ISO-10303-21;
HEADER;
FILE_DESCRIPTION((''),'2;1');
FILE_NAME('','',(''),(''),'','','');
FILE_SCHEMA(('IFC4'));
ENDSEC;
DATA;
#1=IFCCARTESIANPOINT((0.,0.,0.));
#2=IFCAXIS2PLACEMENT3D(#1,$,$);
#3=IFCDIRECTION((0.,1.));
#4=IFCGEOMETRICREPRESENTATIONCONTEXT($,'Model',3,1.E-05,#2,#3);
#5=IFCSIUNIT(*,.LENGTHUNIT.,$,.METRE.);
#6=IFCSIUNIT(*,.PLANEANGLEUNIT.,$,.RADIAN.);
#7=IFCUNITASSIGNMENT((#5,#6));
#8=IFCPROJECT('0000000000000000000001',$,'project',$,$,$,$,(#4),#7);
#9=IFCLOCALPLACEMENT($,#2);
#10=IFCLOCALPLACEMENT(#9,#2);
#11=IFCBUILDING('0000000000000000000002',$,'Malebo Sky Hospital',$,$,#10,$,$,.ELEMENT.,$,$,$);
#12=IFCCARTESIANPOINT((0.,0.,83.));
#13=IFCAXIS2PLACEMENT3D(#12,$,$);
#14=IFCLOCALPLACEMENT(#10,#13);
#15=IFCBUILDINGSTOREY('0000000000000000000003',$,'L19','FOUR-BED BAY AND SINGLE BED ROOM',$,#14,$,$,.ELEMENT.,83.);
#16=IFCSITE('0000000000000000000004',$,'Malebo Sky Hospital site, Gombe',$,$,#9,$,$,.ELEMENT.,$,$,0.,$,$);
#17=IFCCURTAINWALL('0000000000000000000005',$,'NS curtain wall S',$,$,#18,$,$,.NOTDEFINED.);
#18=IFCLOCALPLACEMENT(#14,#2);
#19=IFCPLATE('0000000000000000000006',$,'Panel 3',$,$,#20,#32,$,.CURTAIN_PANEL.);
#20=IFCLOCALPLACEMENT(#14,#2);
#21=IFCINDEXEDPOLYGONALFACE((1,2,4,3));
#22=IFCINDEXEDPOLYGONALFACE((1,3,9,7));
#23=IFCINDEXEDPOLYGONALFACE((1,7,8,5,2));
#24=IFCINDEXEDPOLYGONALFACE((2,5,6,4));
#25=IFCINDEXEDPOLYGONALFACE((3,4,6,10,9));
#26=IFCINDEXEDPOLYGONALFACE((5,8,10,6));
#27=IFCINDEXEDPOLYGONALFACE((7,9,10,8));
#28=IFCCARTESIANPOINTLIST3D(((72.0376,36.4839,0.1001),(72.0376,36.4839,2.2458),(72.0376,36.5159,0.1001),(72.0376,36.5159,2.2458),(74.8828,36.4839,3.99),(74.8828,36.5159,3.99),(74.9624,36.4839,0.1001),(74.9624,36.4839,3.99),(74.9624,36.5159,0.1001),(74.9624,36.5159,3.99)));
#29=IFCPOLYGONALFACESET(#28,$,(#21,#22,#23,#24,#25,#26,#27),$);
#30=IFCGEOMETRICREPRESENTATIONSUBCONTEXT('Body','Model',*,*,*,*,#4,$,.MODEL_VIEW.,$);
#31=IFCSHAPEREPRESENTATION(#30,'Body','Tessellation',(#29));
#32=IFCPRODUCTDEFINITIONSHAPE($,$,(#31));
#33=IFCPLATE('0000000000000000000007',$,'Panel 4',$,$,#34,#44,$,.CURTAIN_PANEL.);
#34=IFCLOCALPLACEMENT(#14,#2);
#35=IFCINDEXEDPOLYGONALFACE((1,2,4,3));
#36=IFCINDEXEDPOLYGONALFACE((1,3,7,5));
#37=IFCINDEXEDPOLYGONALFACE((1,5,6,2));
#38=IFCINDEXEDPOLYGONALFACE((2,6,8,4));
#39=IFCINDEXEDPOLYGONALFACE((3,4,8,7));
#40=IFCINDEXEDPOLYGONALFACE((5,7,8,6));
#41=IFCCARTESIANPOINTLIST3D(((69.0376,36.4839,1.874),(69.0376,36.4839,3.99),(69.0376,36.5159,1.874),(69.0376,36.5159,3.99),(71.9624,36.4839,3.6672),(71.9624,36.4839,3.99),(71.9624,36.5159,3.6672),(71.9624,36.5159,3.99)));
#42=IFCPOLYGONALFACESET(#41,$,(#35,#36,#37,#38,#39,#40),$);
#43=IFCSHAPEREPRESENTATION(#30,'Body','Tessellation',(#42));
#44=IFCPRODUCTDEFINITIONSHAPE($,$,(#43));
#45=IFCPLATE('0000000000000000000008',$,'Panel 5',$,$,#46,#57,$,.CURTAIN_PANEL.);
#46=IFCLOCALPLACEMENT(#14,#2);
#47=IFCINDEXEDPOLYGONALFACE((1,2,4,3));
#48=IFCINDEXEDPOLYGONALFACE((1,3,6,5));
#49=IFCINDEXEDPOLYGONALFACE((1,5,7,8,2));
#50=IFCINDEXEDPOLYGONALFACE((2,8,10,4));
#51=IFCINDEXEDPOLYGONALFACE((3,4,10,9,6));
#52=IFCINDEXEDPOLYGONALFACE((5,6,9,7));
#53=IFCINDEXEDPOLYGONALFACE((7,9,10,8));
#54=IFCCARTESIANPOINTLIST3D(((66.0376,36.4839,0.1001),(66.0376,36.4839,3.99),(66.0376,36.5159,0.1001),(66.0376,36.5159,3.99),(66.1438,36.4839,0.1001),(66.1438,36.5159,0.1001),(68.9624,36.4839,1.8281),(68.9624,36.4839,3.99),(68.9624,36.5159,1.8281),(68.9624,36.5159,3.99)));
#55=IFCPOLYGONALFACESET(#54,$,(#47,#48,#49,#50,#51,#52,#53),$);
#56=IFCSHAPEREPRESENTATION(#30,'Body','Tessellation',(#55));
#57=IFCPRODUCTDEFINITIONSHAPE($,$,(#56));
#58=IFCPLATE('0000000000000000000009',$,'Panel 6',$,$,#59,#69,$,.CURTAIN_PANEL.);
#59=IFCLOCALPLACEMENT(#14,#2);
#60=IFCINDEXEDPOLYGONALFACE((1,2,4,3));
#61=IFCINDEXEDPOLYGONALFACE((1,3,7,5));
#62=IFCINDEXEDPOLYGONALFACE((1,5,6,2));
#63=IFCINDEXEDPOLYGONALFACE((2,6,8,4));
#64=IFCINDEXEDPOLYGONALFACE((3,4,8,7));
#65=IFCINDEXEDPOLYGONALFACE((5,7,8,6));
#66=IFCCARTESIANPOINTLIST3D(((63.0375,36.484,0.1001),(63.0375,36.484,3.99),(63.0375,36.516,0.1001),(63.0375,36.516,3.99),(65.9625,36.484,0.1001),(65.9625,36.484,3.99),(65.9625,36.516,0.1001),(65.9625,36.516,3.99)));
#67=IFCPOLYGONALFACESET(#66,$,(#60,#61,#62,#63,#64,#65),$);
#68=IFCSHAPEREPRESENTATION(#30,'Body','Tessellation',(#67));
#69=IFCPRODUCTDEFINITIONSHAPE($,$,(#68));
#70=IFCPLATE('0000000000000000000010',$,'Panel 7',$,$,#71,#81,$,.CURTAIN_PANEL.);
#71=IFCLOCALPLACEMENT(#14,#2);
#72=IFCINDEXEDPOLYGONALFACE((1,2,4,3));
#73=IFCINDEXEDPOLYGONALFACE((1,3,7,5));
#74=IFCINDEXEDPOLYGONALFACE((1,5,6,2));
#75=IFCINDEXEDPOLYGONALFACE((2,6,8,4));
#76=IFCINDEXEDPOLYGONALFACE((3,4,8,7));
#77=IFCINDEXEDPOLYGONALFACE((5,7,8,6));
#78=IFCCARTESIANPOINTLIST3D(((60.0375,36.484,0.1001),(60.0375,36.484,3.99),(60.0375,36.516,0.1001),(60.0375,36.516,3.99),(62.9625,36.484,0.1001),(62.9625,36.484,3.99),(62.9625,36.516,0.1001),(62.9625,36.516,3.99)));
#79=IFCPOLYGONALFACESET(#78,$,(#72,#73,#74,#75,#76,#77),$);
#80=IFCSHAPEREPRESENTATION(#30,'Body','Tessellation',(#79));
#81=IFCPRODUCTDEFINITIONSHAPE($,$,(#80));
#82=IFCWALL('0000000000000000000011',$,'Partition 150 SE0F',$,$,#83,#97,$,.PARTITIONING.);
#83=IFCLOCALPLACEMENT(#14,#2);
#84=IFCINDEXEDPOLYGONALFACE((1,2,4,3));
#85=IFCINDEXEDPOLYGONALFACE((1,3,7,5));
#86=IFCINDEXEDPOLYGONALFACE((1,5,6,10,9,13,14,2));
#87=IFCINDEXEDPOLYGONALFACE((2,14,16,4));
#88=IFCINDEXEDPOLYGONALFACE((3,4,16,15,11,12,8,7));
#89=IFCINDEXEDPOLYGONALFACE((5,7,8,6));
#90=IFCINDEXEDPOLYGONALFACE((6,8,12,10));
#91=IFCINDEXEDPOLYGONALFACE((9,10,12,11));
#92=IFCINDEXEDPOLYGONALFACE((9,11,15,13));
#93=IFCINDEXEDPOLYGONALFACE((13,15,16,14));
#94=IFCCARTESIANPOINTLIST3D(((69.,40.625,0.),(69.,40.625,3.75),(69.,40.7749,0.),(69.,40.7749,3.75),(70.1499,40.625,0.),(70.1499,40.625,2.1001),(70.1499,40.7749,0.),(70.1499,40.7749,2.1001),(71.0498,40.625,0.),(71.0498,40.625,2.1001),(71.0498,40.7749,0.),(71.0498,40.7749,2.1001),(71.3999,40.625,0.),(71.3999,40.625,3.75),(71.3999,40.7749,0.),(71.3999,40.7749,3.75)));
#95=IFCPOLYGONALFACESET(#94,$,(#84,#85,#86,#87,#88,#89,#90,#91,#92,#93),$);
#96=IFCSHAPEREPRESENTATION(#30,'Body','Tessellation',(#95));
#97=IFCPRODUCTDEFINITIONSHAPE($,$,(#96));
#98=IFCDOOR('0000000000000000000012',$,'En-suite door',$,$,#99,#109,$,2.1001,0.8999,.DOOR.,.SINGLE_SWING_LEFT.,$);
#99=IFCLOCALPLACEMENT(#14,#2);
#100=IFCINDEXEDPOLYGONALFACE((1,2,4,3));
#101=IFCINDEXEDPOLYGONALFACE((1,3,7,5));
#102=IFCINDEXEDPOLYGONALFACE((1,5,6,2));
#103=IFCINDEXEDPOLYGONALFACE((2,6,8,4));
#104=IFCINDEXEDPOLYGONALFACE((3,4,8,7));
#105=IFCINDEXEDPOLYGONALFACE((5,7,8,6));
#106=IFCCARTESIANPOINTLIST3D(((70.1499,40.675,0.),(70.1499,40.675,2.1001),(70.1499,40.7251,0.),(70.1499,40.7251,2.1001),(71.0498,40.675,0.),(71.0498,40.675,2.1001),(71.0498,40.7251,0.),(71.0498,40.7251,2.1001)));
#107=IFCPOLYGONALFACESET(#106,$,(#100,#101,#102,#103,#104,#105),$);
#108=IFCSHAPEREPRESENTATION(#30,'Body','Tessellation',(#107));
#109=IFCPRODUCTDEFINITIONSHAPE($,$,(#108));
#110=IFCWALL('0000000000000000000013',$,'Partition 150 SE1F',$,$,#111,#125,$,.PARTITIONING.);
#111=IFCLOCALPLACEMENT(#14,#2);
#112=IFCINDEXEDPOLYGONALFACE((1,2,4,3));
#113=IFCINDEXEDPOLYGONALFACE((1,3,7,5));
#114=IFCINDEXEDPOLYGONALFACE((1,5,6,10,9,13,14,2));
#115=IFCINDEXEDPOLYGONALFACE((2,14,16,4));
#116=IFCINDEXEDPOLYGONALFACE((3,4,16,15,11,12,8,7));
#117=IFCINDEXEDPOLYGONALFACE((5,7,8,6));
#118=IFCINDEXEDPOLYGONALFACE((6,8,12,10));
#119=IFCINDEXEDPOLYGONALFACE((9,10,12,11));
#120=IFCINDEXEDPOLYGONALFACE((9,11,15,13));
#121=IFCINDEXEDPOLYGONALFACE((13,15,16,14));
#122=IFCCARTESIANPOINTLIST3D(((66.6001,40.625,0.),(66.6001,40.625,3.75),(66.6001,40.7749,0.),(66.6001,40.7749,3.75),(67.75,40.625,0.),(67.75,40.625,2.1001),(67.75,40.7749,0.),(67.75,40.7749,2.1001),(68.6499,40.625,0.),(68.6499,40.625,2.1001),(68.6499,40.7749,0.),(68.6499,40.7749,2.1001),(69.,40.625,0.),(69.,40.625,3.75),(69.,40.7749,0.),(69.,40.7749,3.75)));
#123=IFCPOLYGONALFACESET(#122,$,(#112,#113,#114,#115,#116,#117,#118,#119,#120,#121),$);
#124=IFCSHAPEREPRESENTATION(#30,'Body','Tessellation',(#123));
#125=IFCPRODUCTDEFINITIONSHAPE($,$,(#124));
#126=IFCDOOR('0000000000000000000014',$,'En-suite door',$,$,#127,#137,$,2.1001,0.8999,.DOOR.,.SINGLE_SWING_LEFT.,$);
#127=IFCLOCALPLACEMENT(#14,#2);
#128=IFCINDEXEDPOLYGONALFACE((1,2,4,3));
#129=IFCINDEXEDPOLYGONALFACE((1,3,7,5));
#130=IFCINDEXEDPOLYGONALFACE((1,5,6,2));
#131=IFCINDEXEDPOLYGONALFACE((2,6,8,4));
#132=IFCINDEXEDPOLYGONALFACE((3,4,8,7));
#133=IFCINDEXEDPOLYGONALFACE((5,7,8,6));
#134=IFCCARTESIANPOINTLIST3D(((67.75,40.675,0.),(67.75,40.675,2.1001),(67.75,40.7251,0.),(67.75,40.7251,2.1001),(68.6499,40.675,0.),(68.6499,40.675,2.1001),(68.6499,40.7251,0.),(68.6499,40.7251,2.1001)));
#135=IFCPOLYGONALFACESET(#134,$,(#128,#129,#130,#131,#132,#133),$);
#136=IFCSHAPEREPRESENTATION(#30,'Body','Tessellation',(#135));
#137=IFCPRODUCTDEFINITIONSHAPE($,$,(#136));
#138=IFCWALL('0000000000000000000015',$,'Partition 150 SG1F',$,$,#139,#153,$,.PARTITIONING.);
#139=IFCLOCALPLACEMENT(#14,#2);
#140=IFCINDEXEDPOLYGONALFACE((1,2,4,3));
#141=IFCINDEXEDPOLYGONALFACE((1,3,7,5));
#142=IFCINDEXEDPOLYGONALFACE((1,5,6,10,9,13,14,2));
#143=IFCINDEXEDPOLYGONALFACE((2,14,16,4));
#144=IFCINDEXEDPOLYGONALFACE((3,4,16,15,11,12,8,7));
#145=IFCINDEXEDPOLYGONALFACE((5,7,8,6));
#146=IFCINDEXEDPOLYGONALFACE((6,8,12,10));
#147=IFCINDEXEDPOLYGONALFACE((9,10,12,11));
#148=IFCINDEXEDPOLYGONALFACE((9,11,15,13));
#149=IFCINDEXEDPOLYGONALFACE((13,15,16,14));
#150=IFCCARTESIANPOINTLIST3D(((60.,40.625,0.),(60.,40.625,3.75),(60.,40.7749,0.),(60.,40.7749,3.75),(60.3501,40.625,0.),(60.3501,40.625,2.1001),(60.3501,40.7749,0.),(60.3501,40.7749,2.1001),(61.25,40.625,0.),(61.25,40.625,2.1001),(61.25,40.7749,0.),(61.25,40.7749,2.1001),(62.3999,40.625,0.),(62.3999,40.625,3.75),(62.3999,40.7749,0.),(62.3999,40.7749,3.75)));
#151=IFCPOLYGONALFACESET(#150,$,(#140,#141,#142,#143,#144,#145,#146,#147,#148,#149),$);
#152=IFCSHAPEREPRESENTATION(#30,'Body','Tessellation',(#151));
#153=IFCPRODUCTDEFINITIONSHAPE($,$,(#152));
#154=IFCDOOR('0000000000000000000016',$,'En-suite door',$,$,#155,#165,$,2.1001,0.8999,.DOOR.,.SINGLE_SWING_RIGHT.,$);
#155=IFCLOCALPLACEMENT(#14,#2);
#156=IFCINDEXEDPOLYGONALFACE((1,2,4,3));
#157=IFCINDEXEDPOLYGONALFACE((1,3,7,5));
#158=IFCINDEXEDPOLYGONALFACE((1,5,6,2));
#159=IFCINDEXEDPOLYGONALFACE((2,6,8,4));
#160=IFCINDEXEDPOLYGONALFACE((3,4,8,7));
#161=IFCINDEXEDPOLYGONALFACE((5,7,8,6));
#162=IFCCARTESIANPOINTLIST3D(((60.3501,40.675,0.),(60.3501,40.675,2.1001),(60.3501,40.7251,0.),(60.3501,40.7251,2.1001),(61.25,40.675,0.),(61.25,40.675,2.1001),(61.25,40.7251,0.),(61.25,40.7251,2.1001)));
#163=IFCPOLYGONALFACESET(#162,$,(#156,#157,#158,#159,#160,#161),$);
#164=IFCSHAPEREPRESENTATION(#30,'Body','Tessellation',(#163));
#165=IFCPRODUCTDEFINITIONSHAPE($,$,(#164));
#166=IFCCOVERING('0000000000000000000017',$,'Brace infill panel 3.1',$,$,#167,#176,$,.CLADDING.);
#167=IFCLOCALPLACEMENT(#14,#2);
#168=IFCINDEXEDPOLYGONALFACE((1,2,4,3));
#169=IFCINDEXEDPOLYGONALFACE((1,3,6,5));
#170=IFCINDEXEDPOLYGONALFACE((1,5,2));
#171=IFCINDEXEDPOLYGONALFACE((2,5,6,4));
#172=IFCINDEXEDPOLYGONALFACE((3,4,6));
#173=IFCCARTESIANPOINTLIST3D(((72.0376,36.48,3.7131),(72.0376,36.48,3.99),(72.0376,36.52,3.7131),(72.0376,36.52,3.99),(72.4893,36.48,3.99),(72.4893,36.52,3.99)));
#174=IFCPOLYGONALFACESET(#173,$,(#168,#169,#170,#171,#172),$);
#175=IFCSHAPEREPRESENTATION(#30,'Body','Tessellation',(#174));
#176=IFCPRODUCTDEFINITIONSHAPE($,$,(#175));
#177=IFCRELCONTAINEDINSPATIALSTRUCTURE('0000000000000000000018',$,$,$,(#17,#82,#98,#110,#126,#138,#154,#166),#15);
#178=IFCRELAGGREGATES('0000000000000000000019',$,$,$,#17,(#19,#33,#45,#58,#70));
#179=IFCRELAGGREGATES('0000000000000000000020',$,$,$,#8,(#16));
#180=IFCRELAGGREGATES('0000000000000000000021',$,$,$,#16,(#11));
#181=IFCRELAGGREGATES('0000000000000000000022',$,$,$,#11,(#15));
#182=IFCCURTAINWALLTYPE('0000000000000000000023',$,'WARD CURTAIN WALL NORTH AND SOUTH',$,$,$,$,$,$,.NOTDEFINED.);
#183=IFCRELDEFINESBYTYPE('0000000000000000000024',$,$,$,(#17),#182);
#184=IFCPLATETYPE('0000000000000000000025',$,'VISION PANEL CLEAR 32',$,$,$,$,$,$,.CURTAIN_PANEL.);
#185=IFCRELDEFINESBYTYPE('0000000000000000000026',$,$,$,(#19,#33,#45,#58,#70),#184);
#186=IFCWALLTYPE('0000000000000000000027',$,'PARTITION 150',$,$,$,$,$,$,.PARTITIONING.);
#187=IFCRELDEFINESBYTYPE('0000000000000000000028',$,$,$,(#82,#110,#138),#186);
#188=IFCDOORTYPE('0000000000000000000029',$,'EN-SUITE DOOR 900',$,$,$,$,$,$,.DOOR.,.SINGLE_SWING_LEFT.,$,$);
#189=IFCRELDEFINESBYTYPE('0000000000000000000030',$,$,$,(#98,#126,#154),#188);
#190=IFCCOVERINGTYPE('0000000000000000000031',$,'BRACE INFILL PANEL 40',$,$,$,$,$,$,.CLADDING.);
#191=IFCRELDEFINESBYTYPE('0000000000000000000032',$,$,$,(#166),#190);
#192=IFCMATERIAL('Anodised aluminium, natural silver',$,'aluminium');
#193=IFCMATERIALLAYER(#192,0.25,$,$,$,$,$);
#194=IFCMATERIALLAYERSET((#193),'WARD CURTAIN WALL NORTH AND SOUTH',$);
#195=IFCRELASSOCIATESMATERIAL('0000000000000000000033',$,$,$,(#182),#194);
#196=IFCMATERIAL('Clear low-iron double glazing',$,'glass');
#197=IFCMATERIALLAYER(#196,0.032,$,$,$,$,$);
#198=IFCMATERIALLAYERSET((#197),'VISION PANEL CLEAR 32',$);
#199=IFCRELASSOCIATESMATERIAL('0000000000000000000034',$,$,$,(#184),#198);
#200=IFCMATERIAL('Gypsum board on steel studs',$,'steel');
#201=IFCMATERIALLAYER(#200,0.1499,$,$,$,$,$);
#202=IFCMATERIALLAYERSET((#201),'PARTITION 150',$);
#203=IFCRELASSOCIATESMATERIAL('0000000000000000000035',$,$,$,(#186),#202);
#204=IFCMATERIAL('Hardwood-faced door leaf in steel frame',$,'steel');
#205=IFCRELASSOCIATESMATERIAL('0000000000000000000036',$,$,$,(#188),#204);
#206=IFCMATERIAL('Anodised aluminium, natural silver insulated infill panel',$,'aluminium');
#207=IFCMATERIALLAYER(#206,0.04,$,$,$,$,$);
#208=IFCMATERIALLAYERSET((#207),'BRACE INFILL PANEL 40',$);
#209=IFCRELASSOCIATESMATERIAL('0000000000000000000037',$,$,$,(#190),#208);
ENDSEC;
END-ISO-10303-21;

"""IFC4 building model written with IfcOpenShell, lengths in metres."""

from ifc_helpers import new_model, si_unit, direction, frame, frame_2d, origin, origin_2d, place, context, subcontext, project, spatial, polyline, rectangle, outline, extrude, material, layer, layer_set, type_object, element, fill, aggregate, save


model = new_model("IFC4")

# Units and contexts
model_context = context("Model", 3, precision=1e-05, world=origin(), true_north=direction((0.0, 1.0)))
body_context = subcontext(model_context, "Body", "Model", "MODEL_VIEW")
ifc_project = project(units=[si_unit("LENGTHUNIT", "METRE"), si_unit("PLANEANGLEUNIT", "RADIAN")], contexts=[model_context])

# Site, building, storey
site_placement = place(None, origin())
site = spatial("IfcSite", under=ifc_project, at=site_placement, Name="Malebo Sky Hospital site, Gombe", CompositionType="ELEMENT", RefElevation=0.0)
building_placement = place(site_placement, origin())
building = spatial("IfcBuilding", under=site, at=building_placement, Name="Malebo Sky Hospital", CompositionType="ELEMENT")
storey_placement = place(building_placement, frame((0.0, 0.0, 83.0)))
storey = spatial("IfcBuildingStorey", under=building, at=storey_placement, Name="L19", Description="FOUR-BED BAY AND SINGLE BED ROOM", CompositionType="ELEMENT", Elevation=83.0)

# Curtain wall
ifc_material_1 = material(Name="Anodised aluminium, natural silver", Category="aluminium")
ifc_layer_1 = layer(ifc_material_1, 0.25)
ifc_layer_set_1 = layer_set([ifc_layer_1], Name="WARD CURTAIN WALL NORTH AND SOUTH")
curtain_wall_type = type_object("IfcCurtainWallType", Name="WARD CURTAIN WALL NORTH AND SOUTH", PredefinedType="NOTDEFINED", material=ifc_layer_set_1)
curtain_wall_placement = place(storey_placement, origin())
curtain_wall = element("IfcCurtainWall", 1, at=curtain_wall_placement, inside=storey, type_object=curtain_wall_type, Name="NS curtain wall S", PredefinedType="NOTDEFINED")

# Plates
ifc_material_2 = material(Name="Clear low-iron double glazing", Category="glass")
ifc_layer_2 = layer(ifc_material_2, 0.032)
ifc_layer_set_2 = layer_set([ifc_layer_2], Name="VISION PANEL CLEAR 32")
plate_type = type_object("IfcPlateType", Name="VISION PANEL CLEAR 32", PredefinedType="CURTAIN_PANEL", material=ifc_layer_set_2)
plate_1_placement = place(storey_placement, frame((73.5, 36.5, 0.1001), z_axis=(0.0, 0.0, 1.0), x_axis=(-1.0, 0.0, 0.0)))
plate_1 = element("IfcPlate", 2, at=plate_1_placement, type_object=plate_type, Name="Panel 3", PredefinedType="CURTAIN_PANEL", context=body_context, shape_type="SweptSolid", body=[
    extrude(outline(polyline([(-1.4624, 0.0), (1.4624, 0.0), (1.4624, 2.1458), (-1.3828, 3.8899), (-1.4624, 3.8899), (-1.4624, 0.0)])), frame((0.0, 0.0161, 0.0), z_axis=(0.0, -1.0, 0.0), x_axis=(1.0, 0.0, 0.0)), (0.0, 0.0, 1.0), 0.032),
])
plate_2_placement = place(storey_placement, frame((70.5, 36.5, 1.874), z_axis=(0.0, 0.0, 1.0), x_axis=(-1.0, 0.0, 0.0)))
plate_2 = element("IfcPlate", 3, at=plate_2_placement, type_object=plate_type, Name="Panel 4", PredefinedType="CURTAIN_PANEL", context=body_context, shape_type="SweptSolid", body=[
    extrude(outline(polyline([(1.4624, 0.0), (1.4624, 2.116), (-1.4624, 2.116), (-1.4624, 1.7932), (1.4624, 0.0)])), frame((0.0, 0.0161, 0.0), z_axis=(0.0, -1.0, 0.0), x_axis=(1.0, 0.0, 0.0)), (0.0, 0.0, 1.0), 0.032),
])
plate_3_placement = place(storey_placement, frame((67.5, 36.5, 0.1001), z_axis=(0.0, 0.0, 1.0), x_axis=(-1.0, 0.0, 0.0)))
plate_3 = element("IfcPlate", 4, at=plate_3_placement, type_object=plate_type, Name="Panel 5", PredefinedType="CURTAIN_PANEL", context=body_context, shape_type="SweptSolid", body=[
    extrude(outline(polyline([(1.3562, 0.0), (1.4624, 0.0), (1.4624, 3.8899), (-1.4624, 3.8899), (-1.4624, 1.728), (1.3562, 0.0)])), frame((0.0, 0.0161, 0.0), z_axis=(0.0, -1.0, 0.0), x_axis=(1.0, 0.0, 0.0)), (0.0, 0.0, 1.0), 0.032),
])
plate_4_placement = place(storey_placement, frame((64.5, 36.5, 0.1001), z_axis=(0.0, 0.0, 1.0), x_axis=(-1.0, 0.0, 0.0)))
plate_4 = element("IfcPlate", 5, at=plate_4_placement, type_object=plate_type, Name="Panel 6", PredefinedType="CURTAIN_PANEL", context=body_context, shape_type="SweptSolid", body=[
    extrude(rectangle(XDim=2.925, YDim=0.032, at=origin_2d()), origin(), (0.0, 0.0, 1.0), 3.8899),
])
plate_5_placement = place(storey_placement, frame((61.5, 36.5, 0.1001), z_axis=(0.0, 0.0, 1.0), x_axis=(-1.0, 0.0, 0.0)))
plate_5 = element("IfcPlate", 6, at=plate_5_placement, type_object=plate_type, Name="Panel 7", PredefinedType="CURTAIN_PANEL", context=body_context, shape_type="SweptSolid", body=[
    extrude(rectangle(XDim=2.925, YDim=0.032, at=origin_2d()), origin(), (0.0, 0.0, 1.0), 3.8899),
])
aggregate(curtain_wall, [plate_1, plate_2, plate_3, plate_4, plate_5])

# Walls, openings, doors
ifc_material_3 = material(Name="Gypsum board on steel studs", Category="steel")
ifc_layer_3 = layer(ifc_material_3, 0.1499)
ifc_layer_set_3 = layer_set([ifc_layer_3], Name="PARTITION 150")
wall_type = type_object("IfcWallType", Name="PARTITION 150", PredefinedType="PARTITIONING", material=ifc_layer_set_3)
wall_1_placement = place(storey_placement, frame((71.3999, 40.7, 0.0), z_axis=(0.0, 0.0, 1.0), x_axis=(-1.0, 0.0, 0.0)))
wall_1 = element("IfcWall", 7, at=wall_1_placement, inside=storey, type_object=wall_type, Name="Partition 150 SE0F", PredefinedType="PARTITIONING", context=body_context, shape_type="SweptSolid", body=[
    extrude(rectangle(XDim=2.3999, YDim=0.1499, at=frame_2d((1.2, 0.0))), origin(), (0.0, 0.0, 1.0), 3.75),
])
opening_1_placement = place(wall_1_placement, frame((0.3501, 0.0, 0.0)))
opening_1 = element("IfcOpeningElement", 8, at=opening_1_placement, cuts=wall_1, PredefinedType="OPENING", context=body_context, shape_type="SweptSolid", body=[
    extrude(rectangle(XDim=0.8999, YDim=2.1001, at=frame_2d((0.45, 1.05))), frame((0.0, 0.085, 0.0), z_axis=(0.0, -1.0, 0.0), x_axis=(1.0, 0.0, 0.0)), (0.0, 0.0, 1.0), 0.1699),
])
ifc_material_4 = material(Name="Hardwood-faced door leaf in steel frame", Category="steel")
door_type = type_object("IfcDoorType", Name="EN-SUITE DOOR 900", OperationType="SINGLE_SWING_LEFT", PredefinedType="DOOR", material=ifc_material_4)
door_1_placement = place(opening_1_placement, origin())
door_1 = element("IfcDoor", 9, at=door_1_placement, inside=storey, type_object=door_type, Name="En-suite door", OperationType="SINGLE_SWING_LEFT", OverallHeight=2.1001, OverallWidth=0.8999, PredefinedType="DOOR", context=body_context, shape_type="SweptSolid", body=[
    extrude(rectangle(XDim=0.8999, YDim=2.1001, at=frame_2d((0.45, 1.05))), frame((0.0, 0.0249, 0.0), z_axis=(0.0, -1.0, 0.0), x_axis=(1.0, 0.0, 0.0)), (0.0, 0.0, 1.0), 0.05),
])
fill(opening_1, door_1)
wall_2_placement = place(storey_placement, frame((69.0, 40.7, 0.0), z_axis=(0.0, 0.0, 1.0), x_axis=(-1.0, 0.0, 0.0)))
wall_2 = element("IfcWall", 10, at=wall_2_placement, inside=storey, type_object=wall_type, Name="Partition 150 SE1F", PredefinedType="PARTITIONING", context=body_context, shape_type="SweptSolid", body=[
    extrude(rectangle(XDim=2.3999, YDim=0.1499, at=frame_2d((1.2, 0.0))), origin(), (0.0, 0.0, 1.0), 3.75),
])
opening_2_placement = place(wall_2_placement, frame((0.3501, 0.0, 0.0)))
opening_2 = element("IfcOpeningElement", 11, at=opening_2_placement, cuts=wall_2, PredefinedType="OPENING", context=body_context, shape_type="SweptSolid", body=[
    extrude(rectangle(XDim=0.8999, YDim=2.1001, at=frame_2d((0.45, 1.05))), frame((0.0, 0.085, 0.0), z_axis=(0.0, -1.0, 0.0), x_axis=(1.0, 0.0, 0.0)), (0.0, 0.0, 1.0), 0.1699),
])
door_2_placement = place(opening_2_placement, origin())
door_2 = element("IfcDoor", 12, at=door_2_placement, inside=storey, type_object=door_type, Name="En-suite door", OperationType="SINGLE_SWING_LEFT", OverallHeight=2.1001, OverallWidth=0.8999, PredefinedType="DOOR", context=body_context, shape_type="SweptSolid", body=[
    extrude(rectangle(XDim=0.8999, YDim=2.1001, at=frame_2d((0.45, 1.05))), frame((0.0, 0.0249, 0.0), z_axis=(0.0, -1.0, 0.0), x_axis=(1.0, 0.0, 0.0)), (0.0, 0.0, 1.0), 0.05),
])
fill(opening_2, door_2)
wall_3_placement = place(storey_placement, frame((62.3999, 40.7, 0.0), z_axis=(0.0, 0.0, 1.0), x_axis=(-1.0, 0.0, 0.0)))
wall_3 = element("IfcWall", 13, at=wall_3_placement, inside=storey, type_object=wall_type, Name="Partition 150 SG1F", PredefinedType="PARTITIONING", context=body_context, shape_type="SweptSolid", body=[
    extrude(rectangle(XDim=2.3999, YDim=0.1499, at=frame_2d((1.2, 0.0))), origin(), (0.0, 0.0, 1.0), 3.75),
])
opening_3_placement = place(wall_3_placement, frame((1.1499, 0.0, 0.0)))
opening_3 = element("IfcOpeningElement", 14, at=opening_3_placement, cuts=wall_3, PredefinedType="OPENING", context=body_context, shape_type="SweptSolid", body=[
    extrude(rectangle(XDim=0.8999, YDim=2.1001, at=frame_2d((0.45, 1.05))), frame((0.0, 0.085, 0.0), z_axis=(0.0, -1.0, 0.0), x_axis=(1.0, 0.0, 0.0)), (0.0, 0.0, 1.0), 0.1699),
])
door_3_placement = place(opening_3_placement, origin())
door_3 = element("IfcDoor", 15, at=door_3_placement, inside=storey, type_object=door_type, Name="En-suite door", OperationType="SINGLE_SWING_RIGHT", OverallHeight=2.1001, OverallWidth=0.8999, PredefinedType="DOOR", context=body_context, shape_type="SweptSolid", body=[
    extrude(rectangle(XDim=0.8999, YDim=2.1001, at=frame_2d((0.45, 1.05))), frame((0.0, 0.0249, 0.0), z_axis=(0.0, -1.0, 0.0), x_axis=(1.0, 0.0, 0.0)), (0.0, 0.0, 1.0), 0.05),
])
fill(opening_3, door_3)

# Covering
ifc_material_5 = material(Name="Anodised aluminium, natural silver insulated infill panel", Category="aluminium")
ifc_layer_4 = layer(ifc_material_5, 0.04)
ifc_layer_set_4 = layer_set([ifc_layer_4], Name="BRACE INFILL PANEL 40")
covering_type = type_object("IfcCoveringType", Name="BRACE INFILL PANEL 40", PredefinedType="CLADDING", material=ifc_layer_set_4)
covering_1_placement = place(storey_placement, frame((72.2634, 36.5, 3.7131), z_axis=(0.0, 0.0, 1.0), x_axis=(-1.0, 0.0, 0.0)))
element("IfcCovering", 16, at=covering_1_placement, inside=storey, type_object=covering_type, Name="Brace infill panel 3.1", PredefinedType="CLADDING", context=body_context, shape_type="SweptSolid", body=[
    extrude(outline(polyline([(0.2258, 0.0), (0.2258, 0.2769), (-0.2258, 0.2769), (0.2258, 0.0)])), frame((0.0, 0.02, 0.0), z_axis=(0.0, -1.0, 0.0), x_axis=(1.0, 0.0, 0.0)), (0.0, 0.0, 1.0), 0.04),
])

save(model, "model.ifc")
